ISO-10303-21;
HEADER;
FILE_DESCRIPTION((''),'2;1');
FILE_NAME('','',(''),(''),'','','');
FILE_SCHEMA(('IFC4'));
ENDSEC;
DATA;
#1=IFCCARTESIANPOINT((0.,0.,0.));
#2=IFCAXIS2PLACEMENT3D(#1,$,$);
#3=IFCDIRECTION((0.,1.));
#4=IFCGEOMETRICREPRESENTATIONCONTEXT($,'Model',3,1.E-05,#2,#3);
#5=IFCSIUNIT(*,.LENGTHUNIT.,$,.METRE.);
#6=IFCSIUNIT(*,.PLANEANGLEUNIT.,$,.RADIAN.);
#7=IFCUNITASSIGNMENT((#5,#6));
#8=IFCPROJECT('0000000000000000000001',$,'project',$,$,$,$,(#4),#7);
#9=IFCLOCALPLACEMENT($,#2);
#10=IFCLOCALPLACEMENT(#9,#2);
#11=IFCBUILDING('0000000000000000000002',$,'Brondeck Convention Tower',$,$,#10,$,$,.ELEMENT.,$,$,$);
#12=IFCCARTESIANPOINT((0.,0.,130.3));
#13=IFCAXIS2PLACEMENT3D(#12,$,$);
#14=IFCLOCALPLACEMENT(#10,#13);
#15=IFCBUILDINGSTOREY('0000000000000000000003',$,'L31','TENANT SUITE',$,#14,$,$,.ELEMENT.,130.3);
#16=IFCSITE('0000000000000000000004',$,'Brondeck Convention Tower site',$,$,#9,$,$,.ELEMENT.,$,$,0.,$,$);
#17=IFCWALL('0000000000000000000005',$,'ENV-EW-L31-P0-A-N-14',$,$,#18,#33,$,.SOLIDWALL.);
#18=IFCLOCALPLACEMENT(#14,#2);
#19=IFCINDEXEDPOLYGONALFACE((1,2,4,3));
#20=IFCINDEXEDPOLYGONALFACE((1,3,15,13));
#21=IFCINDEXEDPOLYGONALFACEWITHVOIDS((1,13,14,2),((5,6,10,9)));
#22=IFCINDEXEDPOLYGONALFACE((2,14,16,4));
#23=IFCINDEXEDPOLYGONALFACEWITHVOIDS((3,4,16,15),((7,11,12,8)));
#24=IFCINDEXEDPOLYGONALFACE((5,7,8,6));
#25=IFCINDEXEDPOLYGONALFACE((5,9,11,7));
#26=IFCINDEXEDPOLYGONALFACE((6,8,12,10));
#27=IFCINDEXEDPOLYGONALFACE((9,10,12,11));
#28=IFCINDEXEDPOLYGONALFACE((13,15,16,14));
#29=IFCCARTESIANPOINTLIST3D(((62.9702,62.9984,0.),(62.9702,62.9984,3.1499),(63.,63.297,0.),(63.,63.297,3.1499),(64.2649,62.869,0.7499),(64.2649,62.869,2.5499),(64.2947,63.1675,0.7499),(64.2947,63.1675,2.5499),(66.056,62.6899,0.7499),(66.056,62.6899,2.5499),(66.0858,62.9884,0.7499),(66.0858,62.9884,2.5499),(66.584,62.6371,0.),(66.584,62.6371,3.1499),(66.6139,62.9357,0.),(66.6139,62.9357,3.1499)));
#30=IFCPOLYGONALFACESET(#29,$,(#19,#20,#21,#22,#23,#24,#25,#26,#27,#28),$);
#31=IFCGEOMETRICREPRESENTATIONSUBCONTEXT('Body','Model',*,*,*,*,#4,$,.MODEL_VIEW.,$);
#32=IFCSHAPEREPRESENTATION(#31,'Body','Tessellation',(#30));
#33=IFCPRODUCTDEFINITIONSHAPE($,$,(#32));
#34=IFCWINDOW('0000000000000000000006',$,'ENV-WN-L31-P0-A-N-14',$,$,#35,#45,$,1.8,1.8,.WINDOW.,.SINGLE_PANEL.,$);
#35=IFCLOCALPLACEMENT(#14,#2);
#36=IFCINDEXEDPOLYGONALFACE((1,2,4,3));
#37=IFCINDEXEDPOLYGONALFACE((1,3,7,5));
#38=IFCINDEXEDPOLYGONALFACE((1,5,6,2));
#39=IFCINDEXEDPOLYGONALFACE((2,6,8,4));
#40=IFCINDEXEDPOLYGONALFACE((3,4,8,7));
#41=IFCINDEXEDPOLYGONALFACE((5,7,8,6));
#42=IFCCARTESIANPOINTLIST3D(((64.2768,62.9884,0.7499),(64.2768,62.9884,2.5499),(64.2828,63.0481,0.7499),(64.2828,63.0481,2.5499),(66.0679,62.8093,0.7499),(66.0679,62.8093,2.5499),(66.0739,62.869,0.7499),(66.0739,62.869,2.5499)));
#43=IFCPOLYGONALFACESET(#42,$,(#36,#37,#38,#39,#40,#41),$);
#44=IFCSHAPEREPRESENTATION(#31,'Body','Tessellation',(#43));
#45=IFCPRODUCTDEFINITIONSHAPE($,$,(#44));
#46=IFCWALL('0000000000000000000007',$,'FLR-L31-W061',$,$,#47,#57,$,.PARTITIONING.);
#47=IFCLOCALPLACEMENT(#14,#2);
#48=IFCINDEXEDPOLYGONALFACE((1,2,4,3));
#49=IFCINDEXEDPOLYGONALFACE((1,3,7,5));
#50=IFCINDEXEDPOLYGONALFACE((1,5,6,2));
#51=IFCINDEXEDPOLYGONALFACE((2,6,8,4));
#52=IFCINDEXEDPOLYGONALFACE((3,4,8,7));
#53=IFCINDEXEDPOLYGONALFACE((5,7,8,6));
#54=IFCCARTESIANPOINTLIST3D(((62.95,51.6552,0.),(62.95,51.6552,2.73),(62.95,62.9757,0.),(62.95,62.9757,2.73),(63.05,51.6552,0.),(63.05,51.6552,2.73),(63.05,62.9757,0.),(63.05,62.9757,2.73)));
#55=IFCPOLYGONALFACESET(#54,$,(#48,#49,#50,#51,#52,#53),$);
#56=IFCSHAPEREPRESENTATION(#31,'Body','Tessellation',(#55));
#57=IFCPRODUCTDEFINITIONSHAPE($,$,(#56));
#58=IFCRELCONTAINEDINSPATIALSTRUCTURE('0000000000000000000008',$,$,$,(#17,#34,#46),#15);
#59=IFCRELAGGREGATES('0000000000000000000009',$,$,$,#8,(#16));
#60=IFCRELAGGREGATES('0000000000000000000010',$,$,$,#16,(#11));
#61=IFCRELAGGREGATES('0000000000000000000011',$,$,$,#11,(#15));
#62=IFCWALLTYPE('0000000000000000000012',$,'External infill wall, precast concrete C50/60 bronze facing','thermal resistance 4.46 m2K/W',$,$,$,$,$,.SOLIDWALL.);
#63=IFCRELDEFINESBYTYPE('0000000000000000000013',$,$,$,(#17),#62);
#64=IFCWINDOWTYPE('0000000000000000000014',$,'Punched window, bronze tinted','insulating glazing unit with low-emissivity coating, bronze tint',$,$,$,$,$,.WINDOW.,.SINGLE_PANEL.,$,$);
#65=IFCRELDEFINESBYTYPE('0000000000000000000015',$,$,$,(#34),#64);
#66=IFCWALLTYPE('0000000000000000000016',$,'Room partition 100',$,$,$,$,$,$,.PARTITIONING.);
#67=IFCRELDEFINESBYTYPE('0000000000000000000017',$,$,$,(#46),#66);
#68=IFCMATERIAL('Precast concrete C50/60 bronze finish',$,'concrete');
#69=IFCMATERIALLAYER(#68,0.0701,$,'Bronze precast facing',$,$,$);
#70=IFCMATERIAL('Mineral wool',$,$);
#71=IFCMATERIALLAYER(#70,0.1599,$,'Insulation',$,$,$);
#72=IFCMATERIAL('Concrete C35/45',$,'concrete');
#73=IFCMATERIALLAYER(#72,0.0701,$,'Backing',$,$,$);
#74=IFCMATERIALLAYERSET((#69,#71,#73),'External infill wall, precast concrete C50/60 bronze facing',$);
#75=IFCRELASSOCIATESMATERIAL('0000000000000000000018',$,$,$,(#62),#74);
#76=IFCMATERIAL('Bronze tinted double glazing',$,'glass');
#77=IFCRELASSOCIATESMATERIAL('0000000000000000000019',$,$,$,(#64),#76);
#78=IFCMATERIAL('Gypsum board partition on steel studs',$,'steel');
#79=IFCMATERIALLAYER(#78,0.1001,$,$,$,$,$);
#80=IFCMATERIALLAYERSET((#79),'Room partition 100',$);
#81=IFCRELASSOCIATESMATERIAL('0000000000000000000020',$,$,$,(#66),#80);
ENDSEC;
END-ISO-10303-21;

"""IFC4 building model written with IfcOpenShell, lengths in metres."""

from ifc_helpers import new_model, si_unit, direction, frame, frame_2d, origin, place, context, subcontext, project, spatial, rectangle, extrude, material, layer, layer_set, type_object, element, fill, save


model = new_model("IFC4")

# Units and contexts
model_context = context("Model", 3, precision=1e-05, world=origin(), true_north=direction((0.0, 1.0)))
body_context = subcontext(model_context, "Body", "Model", "MODEL_VIEW")
ifc_project = project(units=[si_unit("LENGTHUNIT", "METRE"), si_unit("PLANEANGLEUNIT", "RADIAN")], contexts=[model_context])

# Site, building, storey
site_placement = place(None, origin())
site = spatial("IfcSite", under=ifc_project, at=site_placement, Name="Brondeck Convention Tower site", CompositionType="ELEMENT", RefElevation=0.0)
building_placement = place(site_placement, origin())
building = spatial("IfcBuilding", under=site, at=building_placement, Name="Brondeck Convention Tower", CompositionType="ELEMENT")
storey_placement = place(building_placement, frame((0.0, 0.0, 130.3)))
storey = spatial("IfcBuildingStorey", under=building, at=storey_placement, Name="L31", Description="TENANT SUITE", CompositionType="ELEMENT", Elevation=130.3)

# Shared definitions
ifc_material_1 = material(Name="Precast concrete C50/60 bronze finish", Category="concrete")
ifc_layer_1 = layer(ifc_material_1, 0.0701, Name="Bronze precast facing")
ifc_material_2 = material(Name="Mineral wool")
ifc_layer_2 = layer(ifc_material_2, 0.1599, Name="Insulation")
ifc_material_3 = material(Name="Concrete C35/45", Category="concrete")
ifc_layer_3 = layer(ifc_material_3, 0.0701, Name="Backing")
ifc_layer_set_1 = layer_set([ifc_layer_1, ifc_layer_2, ifc_layer_3], Name="External infill wall, precast concrete C50/60 bronze facing")
wall_type_1 = type_object("IfcWallType", Name="External infill wall, precast concrete C50/60 bronze facing", Description="thermal resistance 4.46 m2K/W", PredefinedType="SOLIDWALL", material=ifc_layer_set_1)
ifc_material_4 = material(Name="Bronze tinted double glazing", Category="glass")
window_type_1 = type_object("IfcWindowType", Name="Punched window, bronze tinted", Description="insulating glazing unit with low-emissivity coating, bronze tint", PartitioningType="SINGLE_PANEL", PredefinedType="WINDOW", material=ifc_material_4)

# Wall, opening, window
wall_1_placement = place(storey_placement, frame((62.9851, 63.1477, 0.0), z_axis=(0.0, 0.0, 1.0), x_axis=(0.995039, -0.09949, 0.0)))
wall_1 = element("IfcWall", 1, at=wall_1_placement, inside=storey, type_object=wall_type_1, Name="ENV-EW-L31-P0-A-N-14", PredefinedType="SOLIDWALL", context=body_context, shape_type="SweptSolid", body=[
    extrude(rectangle(XDim=3.6318, YDim=0.3, at=frame_2d((1.8159, 0.0))), origin(), (0.0, 0.0, 1.0), 3.1499),
])
opening_1_placement = place(wall_1_placement, frame((1.3013, 0.0, 0.75)))
opening_1 = element("IfcOpeningElement", 2, at=opening_1_placement, cuts=wall_1, PredefinedType="OPENING", context=body_context, shape_type="SweptSolid", body=[
    extrude(rectangle(XDim=1.8, YDim=1.8, at=frame_2d((0.8999, 0.8999))), frame((0.0, 0.1599, 0.0), z_axis=(0.0, -1.0, 0.0), x_axis=(1.0, 0.0, 0.0)), (0.0, 0.0, 1.0), 0.3201),
])
window_1_placement = place(opening_1_placement, origin())
window_1 = element("IfcWindow", 3, at=window_1_placement, inside=storey, type_object=window_type_1, Name="ENV-WN-L31-P0-A-N-14", OverallHeight=1.8, OverallWidth=1.8, PartitioningType="SINGLE_PANEL", PredefinedType="WINDOW", context=body_context, shape_type="SweptSolid", body=[
    extrude(rectangle(XDim=1.8, YDim=1.8, at=frame_2d((0.8999, 0.8999))), frame((0.0, 0.03, 0.0), z_axis=(0.0, -1.0, 0.0), x_axis=(1.0, 0.0, 0.0)), (0.0, 0.0, 1.0), 0.0601),
])
fill(opening_1, window_1)

# Wall
ifc_material_5 = material(Name="Gypsum board partition on steel studs", Category="steel")
ifc_layer_4 = layer(ifc_material_5, 0.1001)
ifc_layer_set_2 = layer_set([ifc_layer_4], Name="Room partition 100")
wall_type_2 = type_object("IfcWallType", Name="Room partition 100", PredefinedType="PARTITIONING", material=ifc_layer_set_2)
wall_2_placement = place(storey_placement, frame((63.0, 62.9756, 0.0), z_axis=(0.0, 0.0, 1.0), x_axis=(0.0, -1.0, 0.0)))
element("IfcWall", 4, at=wall_2_placement, inside=storey, type_object=wall_type_2, Name="FLR-L31-W061", PredefinedType="PARTITIONING", context=body_context, shape_type="SweptSolid", body=[
    extrude(rectangle(XDim=11.3206, YDim=0.1001, at=frame_2d((5.6602, 0.0))), origin(), (0.0, 0.0, 1.0), 2.73),
])

save(model, "model.ifc")
